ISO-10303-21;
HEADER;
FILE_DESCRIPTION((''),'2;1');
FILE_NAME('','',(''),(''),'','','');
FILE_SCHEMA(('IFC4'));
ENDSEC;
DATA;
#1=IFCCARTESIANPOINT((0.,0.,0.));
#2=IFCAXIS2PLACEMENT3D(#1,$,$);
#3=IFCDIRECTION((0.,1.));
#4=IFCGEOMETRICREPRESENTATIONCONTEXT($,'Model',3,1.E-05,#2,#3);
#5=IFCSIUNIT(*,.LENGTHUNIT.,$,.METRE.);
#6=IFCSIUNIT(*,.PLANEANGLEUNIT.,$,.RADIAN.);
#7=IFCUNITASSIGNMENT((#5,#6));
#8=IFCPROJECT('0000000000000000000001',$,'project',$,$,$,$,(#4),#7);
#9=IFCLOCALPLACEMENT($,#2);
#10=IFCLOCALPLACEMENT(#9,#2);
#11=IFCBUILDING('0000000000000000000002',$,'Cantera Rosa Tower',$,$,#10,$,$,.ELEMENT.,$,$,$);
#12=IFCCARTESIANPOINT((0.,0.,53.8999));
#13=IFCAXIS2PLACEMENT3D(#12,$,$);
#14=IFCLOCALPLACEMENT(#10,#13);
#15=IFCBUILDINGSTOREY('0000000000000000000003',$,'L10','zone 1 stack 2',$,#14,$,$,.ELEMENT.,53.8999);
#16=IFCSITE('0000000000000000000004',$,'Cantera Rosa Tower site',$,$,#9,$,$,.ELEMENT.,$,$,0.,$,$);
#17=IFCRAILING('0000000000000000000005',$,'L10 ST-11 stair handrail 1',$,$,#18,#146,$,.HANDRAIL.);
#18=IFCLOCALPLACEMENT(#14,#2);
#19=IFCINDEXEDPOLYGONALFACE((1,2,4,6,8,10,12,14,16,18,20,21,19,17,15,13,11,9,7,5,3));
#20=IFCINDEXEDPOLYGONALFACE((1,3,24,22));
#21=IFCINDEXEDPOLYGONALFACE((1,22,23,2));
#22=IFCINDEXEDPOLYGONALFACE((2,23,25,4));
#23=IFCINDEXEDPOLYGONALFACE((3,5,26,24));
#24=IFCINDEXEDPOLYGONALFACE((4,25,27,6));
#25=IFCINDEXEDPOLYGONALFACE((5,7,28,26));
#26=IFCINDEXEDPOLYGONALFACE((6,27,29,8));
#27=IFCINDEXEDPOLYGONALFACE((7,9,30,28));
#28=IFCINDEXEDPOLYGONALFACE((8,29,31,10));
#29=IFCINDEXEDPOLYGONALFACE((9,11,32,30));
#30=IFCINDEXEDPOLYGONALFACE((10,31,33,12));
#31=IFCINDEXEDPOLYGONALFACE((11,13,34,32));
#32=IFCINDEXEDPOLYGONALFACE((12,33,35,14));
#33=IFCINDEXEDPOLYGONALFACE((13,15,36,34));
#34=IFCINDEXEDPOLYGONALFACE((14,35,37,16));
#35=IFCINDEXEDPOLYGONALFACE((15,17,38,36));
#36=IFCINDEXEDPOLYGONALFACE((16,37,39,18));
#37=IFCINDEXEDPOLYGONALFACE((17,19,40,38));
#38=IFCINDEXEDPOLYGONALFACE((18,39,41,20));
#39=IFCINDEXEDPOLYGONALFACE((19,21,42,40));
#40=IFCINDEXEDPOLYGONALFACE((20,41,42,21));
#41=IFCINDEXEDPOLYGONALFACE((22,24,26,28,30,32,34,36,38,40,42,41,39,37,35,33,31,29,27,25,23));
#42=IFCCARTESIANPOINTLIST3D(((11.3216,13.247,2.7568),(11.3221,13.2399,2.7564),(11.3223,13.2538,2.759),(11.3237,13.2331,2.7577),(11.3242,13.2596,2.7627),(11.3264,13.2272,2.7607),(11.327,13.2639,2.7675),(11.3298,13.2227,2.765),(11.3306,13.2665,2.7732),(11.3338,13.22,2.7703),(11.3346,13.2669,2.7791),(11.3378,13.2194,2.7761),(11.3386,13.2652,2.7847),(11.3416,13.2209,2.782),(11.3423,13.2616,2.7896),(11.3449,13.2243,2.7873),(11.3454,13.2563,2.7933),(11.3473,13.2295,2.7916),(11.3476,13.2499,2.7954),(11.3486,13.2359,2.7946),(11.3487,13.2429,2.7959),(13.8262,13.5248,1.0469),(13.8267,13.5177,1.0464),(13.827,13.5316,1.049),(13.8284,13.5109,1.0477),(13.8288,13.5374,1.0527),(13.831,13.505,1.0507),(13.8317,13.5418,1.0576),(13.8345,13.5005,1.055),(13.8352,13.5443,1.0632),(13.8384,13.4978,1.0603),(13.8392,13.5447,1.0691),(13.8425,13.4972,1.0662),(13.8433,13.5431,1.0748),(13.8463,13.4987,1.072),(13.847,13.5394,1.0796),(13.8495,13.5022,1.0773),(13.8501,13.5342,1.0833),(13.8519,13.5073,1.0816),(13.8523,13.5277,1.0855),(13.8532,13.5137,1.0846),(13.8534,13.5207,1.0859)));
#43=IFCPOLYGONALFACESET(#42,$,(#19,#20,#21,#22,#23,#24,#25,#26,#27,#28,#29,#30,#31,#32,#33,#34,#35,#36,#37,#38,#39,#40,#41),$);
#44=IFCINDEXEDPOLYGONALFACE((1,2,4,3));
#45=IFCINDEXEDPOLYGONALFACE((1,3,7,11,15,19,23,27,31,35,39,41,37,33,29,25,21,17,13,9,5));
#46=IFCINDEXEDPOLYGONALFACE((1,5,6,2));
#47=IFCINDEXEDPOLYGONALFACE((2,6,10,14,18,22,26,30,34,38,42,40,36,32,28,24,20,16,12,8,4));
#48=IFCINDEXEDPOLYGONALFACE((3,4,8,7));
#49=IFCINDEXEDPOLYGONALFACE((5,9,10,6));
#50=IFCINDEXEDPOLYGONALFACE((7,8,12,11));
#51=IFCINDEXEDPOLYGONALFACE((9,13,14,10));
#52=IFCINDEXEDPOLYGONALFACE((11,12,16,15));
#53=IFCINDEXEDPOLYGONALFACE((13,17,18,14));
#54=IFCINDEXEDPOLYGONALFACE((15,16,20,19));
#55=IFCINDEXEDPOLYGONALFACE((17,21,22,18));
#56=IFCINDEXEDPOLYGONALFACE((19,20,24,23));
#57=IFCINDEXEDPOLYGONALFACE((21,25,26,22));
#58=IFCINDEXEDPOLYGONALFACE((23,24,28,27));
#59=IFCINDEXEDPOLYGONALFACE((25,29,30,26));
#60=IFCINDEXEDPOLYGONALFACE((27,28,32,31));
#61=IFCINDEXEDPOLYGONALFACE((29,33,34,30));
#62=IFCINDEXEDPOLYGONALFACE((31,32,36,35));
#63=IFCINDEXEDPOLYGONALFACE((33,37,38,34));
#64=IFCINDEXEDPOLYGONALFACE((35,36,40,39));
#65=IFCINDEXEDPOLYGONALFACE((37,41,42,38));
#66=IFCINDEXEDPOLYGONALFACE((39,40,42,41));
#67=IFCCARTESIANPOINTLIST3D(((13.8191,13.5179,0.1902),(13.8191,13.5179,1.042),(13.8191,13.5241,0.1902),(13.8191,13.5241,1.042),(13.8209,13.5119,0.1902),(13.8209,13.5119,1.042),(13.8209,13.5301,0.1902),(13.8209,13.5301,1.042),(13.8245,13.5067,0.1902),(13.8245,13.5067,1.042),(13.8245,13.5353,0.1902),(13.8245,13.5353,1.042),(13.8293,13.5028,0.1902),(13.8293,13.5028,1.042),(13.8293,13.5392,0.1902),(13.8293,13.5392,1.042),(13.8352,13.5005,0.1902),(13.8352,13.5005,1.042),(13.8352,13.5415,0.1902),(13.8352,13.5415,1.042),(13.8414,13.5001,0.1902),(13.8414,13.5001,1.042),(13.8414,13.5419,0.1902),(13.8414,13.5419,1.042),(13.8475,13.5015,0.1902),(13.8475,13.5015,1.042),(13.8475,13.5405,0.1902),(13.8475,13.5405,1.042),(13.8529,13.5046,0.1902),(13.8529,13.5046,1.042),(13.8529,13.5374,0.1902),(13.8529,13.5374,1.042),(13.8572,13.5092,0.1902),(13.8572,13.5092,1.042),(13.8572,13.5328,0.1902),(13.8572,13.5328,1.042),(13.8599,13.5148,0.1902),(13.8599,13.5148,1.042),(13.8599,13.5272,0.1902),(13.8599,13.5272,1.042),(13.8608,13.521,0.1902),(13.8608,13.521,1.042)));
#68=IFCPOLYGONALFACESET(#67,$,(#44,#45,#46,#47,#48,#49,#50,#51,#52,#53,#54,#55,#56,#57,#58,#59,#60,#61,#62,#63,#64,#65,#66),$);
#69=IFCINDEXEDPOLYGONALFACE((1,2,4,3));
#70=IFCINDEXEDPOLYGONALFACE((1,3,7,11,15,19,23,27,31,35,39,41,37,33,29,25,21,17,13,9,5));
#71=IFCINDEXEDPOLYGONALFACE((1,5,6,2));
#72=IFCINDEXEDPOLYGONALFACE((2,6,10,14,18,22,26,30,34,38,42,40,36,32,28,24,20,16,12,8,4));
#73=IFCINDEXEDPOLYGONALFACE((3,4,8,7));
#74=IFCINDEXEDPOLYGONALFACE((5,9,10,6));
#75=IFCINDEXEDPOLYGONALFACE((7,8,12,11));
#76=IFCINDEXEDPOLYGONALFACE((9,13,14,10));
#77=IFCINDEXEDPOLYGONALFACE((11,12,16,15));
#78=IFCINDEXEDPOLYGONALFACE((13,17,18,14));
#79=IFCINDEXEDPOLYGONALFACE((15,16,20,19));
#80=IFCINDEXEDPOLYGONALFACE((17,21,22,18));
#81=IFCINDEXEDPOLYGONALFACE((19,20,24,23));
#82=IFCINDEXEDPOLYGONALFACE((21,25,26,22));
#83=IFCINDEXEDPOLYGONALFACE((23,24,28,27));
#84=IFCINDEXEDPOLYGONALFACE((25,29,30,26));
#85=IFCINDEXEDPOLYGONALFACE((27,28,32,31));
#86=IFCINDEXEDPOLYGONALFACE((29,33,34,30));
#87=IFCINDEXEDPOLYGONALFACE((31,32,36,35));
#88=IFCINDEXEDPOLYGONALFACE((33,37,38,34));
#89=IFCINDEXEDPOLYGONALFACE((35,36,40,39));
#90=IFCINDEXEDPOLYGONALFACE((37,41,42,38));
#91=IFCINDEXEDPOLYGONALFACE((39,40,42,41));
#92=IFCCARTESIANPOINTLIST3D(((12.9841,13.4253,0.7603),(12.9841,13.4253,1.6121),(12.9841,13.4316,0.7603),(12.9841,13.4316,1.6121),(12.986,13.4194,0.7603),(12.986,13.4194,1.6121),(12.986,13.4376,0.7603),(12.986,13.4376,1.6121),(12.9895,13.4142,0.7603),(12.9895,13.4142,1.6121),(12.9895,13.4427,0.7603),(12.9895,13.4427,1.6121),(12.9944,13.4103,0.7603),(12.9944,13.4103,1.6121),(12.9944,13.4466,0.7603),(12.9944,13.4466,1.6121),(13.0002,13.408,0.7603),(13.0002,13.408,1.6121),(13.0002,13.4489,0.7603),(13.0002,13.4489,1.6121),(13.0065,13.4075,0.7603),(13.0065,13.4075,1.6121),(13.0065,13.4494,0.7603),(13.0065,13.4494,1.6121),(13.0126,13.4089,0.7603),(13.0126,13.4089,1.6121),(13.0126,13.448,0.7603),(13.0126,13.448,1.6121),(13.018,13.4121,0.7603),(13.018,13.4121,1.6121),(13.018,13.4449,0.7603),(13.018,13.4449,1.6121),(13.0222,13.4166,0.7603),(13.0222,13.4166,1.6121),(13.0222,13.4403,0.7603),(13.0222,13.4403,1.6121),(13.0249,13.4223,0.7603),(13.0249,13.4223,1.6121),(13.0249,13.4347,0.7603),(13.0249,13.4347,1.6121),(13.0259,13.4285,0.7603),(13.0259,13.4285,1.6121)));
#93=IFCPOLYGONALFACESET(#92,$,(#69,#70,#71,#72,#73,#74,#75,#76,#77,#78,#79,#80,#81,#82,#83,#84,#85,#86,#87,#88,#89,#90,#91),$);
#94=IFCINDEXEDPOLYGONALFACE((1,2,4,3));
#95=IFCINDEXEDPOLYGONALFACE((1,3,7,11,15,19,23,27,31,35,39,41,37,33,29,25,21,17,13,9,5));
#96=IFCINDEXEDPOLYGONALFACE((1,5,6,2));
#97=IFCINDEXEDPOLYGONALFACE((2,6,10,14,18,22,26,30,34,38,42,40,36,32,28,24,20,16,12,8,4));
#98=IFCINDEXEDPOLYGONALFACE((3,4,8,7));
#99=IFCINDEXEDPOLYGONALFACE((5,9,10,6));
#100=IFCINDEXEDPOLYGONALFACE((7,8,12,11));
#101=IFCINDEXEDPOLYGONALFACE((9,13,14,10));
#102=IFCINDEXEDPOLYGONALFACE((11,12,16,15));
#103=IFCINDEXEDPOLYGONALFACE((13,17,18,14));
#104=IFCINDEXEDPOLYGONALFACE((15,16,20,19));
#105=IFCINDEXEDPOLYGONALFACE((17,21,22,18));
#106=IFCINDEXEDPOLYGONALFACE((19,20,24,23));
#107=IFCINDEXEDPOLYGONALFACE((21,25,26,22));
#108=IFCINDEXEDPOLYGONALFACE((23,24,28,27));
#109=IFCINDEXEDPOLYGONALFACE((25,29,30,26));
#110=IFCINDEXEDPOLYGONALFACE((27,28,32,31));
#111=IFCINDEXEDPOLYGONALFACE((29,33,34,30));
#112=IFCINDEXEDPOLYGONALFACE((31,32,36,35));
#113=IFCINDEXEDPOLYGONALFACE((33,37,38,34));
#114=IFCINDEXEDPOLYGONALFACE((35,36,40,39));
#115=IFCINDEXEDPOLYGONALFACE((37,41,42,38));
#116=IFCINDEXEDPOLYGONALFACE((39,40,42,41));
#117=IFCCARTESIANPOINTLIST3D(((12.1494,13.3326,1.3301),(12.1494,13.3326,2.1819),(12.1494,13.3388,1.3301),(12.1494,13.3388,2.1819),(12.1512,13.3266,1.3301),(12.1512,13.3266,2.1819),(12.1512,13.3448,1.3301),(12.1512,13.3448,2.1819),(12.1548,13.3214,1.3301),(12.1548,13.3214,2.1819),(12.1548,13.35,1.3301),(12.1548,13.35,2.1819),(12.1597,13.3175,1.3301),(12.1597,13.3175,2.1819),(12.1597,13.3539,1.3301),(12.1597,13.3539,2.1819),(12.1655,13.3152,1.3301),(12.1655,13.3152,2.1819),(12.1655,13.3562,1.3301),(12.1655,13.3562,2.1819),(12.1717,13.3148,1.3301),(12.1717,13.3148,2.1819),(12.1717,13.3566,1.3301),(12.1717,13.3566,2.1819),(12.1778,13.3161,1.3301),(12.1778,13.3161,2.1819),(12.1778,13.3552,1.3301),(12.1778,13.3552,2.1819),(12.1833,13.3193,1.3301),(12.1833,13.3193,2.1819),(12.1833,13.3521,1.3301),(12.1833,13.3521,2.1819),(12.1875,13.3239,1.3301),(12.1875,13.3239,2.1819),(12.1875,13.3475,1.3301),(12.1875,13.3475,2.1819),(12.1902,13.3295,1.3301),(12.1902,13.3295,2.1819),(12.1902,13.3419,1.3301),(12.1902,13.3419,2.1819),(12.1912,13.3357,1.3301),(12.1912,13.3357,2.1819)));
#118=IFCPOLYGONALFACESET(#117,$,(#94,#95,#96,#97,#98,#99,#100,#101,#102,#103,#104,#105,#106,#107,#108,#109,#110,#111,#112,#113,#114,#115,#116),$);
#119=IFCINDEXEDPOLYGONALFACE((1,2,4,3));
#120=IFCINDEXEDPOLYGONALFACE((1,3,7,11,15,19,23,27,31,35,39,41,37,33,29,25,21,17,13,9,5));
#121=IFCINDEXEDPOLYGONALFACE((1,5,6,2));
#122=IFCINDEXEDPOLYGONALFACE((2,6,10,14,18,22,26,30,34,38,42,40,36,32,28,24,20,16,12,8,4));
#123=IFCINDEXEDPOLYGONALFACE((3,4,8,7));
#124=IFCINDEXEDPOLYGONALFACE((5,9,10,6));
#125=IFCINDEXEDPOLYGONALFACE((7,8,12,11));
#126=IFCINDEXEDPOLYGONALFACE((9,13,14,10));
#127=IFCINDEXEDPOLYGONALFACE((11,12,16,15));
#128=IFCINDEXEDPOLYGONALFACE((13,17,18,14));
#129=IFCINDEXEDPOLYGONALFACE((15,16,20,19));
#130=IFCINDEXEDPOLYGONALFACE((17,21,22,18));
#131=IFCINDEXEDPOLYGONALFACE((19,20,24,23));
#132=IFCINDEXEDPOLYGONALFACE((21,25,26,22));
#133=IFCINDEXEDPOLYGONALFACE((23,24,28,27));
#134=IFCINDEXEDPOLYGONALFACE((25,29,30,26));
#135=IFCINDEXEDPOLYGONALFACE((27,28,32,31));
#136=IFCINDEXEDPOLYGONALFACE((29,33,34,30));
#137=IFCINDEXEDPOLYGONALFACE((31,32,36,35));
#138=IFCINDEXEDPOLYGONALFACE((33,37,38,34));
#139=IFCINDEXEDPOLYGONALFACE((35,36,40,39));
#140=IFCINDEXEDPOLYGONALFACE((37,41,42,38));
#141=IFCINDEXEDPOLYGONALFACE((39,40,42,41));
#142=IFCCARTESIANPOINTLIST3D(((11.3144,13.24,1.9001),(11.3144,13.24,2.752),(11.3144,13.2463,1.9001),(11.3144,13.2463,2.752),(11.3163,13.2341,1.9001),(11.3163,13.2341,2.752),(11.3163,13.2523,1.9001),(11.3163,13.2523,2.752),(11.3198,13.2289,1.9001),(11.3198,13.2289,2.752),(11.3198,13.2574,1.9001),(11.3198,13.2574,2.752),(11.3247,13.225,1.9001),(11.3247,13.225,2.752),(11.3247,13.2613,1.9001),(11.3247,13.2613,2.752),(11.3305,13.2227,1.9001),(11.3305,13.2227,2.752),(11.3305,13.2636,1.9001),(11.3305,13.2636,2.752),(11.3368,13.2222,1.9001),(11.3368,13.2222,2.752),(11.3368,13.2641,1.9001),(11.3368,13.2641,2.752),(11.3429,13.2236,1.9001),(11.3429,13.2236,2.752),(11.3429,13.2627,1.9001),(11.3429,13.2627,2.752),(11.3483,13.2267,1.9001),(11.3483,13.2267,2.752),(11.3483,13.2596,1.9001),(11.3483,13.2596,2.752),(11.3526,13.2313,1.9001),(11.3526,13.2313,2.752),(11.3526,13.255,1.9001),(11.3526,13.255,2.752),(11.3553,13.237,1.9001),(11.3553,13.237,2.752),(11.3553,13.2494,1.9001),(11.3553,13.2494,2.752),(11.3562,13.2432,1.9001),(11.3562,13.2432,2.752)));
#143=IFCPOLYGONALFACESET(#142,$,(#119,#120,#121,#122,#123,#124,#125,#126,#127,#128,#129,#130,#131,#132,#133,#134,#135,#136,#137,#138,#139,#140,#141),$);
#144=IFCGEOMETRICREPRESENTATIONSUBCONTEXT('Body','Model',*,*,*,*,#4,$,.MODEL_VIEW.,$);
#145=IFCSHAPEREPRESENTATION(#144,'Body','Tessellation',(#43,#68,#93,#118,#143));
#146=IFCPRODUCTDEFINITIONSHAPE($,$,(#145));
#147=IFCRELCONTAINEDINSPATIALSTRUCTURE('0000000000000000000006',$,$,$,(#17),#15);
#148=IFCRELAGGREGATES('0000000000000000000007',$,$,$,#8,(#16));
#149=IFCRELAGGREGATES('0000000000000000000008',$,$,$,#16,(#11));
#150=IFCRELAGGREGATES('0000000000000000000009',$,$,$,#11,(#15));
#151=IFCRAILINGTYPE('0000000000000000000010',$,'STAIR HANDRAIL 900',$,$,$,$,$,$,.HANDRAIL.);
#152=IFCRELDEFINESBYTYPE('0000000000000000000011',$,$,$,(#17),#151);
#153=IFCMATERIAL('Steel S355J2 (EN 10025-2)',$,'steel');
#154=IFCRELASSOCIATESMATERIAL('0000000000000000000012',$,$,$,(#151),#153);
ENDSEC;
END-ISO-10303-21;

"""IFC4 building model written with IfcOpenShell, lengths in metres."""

from ifc_helpers import new_model, si_unit, direction, frame, origin, origin_2d, place, context, subcontext, project, spatial, circle, extrude, material, type_object, element, save


model = new_model("IFC4")

# Units and contexts
model_context = context("Model", 3, precision=1e-05, world=origin(), true_north=direction((0.0, 1.0)))
body_context = subcontext(model_context, "Body", "Model", "MODEL_VIEW")
ifc_project = project(units=[si_unit("LENGTHUNIT", "METRE"), si_unit("PLANEANGLEUNIT", "RADIAN")], contexts=[model_context])

# Site, building, storey
site_placement = place(None, origin())
site = spatial("IfcSite", under=ifc_project, at=site_placement, Name="Cantera Rosa Tower site", CompositionType="ELEMENT", RefElevation=0.0)
building_placement = place(site_placement, origin())
building = spatial("IfcBuilding", under=site, at=building_placement, Name="Cantera Rosa Tower", CompositionType="ELEMENT")
storey_placement = place(building_placement, frame((0.0, 0.0, 53.8999)))
storey = spatial("IfcBuildingStorey", under=building, at=storey_placement, Name="L10", Description="zone 1 stack 2", CompositionType="ELEMENT", Elevation=53.8999)

# Railing
ifc_material_1 = material(Name="Steel S355J2 (EN 10025-2)", Category="steel")
railing_type_1 = type_object("IfcRailingType", Name="STAIR HANDRAIL 900", PredefinedType="HANDRAIL", material=ifc_material_1)
railing_1_placement = place(storey_placement, frame((13.8398, 13.521, 0.1902)))
element("IfcRailing", 1, at=railing_1_placement, inside=storey, type_object=railing_type_1, Name="L10 ST-11 stair handrail 1", PredefinedType="HANDRAIL", context=body_context, shape_type="SweptSolid", body=[
    extrude(circle(Radius=0.0239, at=origin_2d()), frame((0.0, 0.0, 0.876), z_axis=(-0.822437, -0.091231, 0.561492), x_axis=(0.110251, -0.993904, 0.0)), (0.0, 0.0, 1.0), 3.0454),
    extrude(circle(Radius=0.021, at=origin_2d()), origin(), (0.0, 0.0, 1.0), 0.8518),
    extrude(circle(Radius=0.021, at=origin_2d()), frame((-0.835, -0.0925, 0.5701)), (0.0, 0.0, 1.0), 0.8518),
    extrude(circle(Radius=0.021, at=origin_2d()), frame((-1.6697, -0.1853, 1.1399)), (0.0, 0.0, 1.0), 0.8518),
    extrude(circle(Radius=0.021, at=origin_2d()), frame((-2.5046, -0.2778, 1.71)), (0.0, 0.0, 1.0), 0.8518),
])

save(model, "model.ifc")
